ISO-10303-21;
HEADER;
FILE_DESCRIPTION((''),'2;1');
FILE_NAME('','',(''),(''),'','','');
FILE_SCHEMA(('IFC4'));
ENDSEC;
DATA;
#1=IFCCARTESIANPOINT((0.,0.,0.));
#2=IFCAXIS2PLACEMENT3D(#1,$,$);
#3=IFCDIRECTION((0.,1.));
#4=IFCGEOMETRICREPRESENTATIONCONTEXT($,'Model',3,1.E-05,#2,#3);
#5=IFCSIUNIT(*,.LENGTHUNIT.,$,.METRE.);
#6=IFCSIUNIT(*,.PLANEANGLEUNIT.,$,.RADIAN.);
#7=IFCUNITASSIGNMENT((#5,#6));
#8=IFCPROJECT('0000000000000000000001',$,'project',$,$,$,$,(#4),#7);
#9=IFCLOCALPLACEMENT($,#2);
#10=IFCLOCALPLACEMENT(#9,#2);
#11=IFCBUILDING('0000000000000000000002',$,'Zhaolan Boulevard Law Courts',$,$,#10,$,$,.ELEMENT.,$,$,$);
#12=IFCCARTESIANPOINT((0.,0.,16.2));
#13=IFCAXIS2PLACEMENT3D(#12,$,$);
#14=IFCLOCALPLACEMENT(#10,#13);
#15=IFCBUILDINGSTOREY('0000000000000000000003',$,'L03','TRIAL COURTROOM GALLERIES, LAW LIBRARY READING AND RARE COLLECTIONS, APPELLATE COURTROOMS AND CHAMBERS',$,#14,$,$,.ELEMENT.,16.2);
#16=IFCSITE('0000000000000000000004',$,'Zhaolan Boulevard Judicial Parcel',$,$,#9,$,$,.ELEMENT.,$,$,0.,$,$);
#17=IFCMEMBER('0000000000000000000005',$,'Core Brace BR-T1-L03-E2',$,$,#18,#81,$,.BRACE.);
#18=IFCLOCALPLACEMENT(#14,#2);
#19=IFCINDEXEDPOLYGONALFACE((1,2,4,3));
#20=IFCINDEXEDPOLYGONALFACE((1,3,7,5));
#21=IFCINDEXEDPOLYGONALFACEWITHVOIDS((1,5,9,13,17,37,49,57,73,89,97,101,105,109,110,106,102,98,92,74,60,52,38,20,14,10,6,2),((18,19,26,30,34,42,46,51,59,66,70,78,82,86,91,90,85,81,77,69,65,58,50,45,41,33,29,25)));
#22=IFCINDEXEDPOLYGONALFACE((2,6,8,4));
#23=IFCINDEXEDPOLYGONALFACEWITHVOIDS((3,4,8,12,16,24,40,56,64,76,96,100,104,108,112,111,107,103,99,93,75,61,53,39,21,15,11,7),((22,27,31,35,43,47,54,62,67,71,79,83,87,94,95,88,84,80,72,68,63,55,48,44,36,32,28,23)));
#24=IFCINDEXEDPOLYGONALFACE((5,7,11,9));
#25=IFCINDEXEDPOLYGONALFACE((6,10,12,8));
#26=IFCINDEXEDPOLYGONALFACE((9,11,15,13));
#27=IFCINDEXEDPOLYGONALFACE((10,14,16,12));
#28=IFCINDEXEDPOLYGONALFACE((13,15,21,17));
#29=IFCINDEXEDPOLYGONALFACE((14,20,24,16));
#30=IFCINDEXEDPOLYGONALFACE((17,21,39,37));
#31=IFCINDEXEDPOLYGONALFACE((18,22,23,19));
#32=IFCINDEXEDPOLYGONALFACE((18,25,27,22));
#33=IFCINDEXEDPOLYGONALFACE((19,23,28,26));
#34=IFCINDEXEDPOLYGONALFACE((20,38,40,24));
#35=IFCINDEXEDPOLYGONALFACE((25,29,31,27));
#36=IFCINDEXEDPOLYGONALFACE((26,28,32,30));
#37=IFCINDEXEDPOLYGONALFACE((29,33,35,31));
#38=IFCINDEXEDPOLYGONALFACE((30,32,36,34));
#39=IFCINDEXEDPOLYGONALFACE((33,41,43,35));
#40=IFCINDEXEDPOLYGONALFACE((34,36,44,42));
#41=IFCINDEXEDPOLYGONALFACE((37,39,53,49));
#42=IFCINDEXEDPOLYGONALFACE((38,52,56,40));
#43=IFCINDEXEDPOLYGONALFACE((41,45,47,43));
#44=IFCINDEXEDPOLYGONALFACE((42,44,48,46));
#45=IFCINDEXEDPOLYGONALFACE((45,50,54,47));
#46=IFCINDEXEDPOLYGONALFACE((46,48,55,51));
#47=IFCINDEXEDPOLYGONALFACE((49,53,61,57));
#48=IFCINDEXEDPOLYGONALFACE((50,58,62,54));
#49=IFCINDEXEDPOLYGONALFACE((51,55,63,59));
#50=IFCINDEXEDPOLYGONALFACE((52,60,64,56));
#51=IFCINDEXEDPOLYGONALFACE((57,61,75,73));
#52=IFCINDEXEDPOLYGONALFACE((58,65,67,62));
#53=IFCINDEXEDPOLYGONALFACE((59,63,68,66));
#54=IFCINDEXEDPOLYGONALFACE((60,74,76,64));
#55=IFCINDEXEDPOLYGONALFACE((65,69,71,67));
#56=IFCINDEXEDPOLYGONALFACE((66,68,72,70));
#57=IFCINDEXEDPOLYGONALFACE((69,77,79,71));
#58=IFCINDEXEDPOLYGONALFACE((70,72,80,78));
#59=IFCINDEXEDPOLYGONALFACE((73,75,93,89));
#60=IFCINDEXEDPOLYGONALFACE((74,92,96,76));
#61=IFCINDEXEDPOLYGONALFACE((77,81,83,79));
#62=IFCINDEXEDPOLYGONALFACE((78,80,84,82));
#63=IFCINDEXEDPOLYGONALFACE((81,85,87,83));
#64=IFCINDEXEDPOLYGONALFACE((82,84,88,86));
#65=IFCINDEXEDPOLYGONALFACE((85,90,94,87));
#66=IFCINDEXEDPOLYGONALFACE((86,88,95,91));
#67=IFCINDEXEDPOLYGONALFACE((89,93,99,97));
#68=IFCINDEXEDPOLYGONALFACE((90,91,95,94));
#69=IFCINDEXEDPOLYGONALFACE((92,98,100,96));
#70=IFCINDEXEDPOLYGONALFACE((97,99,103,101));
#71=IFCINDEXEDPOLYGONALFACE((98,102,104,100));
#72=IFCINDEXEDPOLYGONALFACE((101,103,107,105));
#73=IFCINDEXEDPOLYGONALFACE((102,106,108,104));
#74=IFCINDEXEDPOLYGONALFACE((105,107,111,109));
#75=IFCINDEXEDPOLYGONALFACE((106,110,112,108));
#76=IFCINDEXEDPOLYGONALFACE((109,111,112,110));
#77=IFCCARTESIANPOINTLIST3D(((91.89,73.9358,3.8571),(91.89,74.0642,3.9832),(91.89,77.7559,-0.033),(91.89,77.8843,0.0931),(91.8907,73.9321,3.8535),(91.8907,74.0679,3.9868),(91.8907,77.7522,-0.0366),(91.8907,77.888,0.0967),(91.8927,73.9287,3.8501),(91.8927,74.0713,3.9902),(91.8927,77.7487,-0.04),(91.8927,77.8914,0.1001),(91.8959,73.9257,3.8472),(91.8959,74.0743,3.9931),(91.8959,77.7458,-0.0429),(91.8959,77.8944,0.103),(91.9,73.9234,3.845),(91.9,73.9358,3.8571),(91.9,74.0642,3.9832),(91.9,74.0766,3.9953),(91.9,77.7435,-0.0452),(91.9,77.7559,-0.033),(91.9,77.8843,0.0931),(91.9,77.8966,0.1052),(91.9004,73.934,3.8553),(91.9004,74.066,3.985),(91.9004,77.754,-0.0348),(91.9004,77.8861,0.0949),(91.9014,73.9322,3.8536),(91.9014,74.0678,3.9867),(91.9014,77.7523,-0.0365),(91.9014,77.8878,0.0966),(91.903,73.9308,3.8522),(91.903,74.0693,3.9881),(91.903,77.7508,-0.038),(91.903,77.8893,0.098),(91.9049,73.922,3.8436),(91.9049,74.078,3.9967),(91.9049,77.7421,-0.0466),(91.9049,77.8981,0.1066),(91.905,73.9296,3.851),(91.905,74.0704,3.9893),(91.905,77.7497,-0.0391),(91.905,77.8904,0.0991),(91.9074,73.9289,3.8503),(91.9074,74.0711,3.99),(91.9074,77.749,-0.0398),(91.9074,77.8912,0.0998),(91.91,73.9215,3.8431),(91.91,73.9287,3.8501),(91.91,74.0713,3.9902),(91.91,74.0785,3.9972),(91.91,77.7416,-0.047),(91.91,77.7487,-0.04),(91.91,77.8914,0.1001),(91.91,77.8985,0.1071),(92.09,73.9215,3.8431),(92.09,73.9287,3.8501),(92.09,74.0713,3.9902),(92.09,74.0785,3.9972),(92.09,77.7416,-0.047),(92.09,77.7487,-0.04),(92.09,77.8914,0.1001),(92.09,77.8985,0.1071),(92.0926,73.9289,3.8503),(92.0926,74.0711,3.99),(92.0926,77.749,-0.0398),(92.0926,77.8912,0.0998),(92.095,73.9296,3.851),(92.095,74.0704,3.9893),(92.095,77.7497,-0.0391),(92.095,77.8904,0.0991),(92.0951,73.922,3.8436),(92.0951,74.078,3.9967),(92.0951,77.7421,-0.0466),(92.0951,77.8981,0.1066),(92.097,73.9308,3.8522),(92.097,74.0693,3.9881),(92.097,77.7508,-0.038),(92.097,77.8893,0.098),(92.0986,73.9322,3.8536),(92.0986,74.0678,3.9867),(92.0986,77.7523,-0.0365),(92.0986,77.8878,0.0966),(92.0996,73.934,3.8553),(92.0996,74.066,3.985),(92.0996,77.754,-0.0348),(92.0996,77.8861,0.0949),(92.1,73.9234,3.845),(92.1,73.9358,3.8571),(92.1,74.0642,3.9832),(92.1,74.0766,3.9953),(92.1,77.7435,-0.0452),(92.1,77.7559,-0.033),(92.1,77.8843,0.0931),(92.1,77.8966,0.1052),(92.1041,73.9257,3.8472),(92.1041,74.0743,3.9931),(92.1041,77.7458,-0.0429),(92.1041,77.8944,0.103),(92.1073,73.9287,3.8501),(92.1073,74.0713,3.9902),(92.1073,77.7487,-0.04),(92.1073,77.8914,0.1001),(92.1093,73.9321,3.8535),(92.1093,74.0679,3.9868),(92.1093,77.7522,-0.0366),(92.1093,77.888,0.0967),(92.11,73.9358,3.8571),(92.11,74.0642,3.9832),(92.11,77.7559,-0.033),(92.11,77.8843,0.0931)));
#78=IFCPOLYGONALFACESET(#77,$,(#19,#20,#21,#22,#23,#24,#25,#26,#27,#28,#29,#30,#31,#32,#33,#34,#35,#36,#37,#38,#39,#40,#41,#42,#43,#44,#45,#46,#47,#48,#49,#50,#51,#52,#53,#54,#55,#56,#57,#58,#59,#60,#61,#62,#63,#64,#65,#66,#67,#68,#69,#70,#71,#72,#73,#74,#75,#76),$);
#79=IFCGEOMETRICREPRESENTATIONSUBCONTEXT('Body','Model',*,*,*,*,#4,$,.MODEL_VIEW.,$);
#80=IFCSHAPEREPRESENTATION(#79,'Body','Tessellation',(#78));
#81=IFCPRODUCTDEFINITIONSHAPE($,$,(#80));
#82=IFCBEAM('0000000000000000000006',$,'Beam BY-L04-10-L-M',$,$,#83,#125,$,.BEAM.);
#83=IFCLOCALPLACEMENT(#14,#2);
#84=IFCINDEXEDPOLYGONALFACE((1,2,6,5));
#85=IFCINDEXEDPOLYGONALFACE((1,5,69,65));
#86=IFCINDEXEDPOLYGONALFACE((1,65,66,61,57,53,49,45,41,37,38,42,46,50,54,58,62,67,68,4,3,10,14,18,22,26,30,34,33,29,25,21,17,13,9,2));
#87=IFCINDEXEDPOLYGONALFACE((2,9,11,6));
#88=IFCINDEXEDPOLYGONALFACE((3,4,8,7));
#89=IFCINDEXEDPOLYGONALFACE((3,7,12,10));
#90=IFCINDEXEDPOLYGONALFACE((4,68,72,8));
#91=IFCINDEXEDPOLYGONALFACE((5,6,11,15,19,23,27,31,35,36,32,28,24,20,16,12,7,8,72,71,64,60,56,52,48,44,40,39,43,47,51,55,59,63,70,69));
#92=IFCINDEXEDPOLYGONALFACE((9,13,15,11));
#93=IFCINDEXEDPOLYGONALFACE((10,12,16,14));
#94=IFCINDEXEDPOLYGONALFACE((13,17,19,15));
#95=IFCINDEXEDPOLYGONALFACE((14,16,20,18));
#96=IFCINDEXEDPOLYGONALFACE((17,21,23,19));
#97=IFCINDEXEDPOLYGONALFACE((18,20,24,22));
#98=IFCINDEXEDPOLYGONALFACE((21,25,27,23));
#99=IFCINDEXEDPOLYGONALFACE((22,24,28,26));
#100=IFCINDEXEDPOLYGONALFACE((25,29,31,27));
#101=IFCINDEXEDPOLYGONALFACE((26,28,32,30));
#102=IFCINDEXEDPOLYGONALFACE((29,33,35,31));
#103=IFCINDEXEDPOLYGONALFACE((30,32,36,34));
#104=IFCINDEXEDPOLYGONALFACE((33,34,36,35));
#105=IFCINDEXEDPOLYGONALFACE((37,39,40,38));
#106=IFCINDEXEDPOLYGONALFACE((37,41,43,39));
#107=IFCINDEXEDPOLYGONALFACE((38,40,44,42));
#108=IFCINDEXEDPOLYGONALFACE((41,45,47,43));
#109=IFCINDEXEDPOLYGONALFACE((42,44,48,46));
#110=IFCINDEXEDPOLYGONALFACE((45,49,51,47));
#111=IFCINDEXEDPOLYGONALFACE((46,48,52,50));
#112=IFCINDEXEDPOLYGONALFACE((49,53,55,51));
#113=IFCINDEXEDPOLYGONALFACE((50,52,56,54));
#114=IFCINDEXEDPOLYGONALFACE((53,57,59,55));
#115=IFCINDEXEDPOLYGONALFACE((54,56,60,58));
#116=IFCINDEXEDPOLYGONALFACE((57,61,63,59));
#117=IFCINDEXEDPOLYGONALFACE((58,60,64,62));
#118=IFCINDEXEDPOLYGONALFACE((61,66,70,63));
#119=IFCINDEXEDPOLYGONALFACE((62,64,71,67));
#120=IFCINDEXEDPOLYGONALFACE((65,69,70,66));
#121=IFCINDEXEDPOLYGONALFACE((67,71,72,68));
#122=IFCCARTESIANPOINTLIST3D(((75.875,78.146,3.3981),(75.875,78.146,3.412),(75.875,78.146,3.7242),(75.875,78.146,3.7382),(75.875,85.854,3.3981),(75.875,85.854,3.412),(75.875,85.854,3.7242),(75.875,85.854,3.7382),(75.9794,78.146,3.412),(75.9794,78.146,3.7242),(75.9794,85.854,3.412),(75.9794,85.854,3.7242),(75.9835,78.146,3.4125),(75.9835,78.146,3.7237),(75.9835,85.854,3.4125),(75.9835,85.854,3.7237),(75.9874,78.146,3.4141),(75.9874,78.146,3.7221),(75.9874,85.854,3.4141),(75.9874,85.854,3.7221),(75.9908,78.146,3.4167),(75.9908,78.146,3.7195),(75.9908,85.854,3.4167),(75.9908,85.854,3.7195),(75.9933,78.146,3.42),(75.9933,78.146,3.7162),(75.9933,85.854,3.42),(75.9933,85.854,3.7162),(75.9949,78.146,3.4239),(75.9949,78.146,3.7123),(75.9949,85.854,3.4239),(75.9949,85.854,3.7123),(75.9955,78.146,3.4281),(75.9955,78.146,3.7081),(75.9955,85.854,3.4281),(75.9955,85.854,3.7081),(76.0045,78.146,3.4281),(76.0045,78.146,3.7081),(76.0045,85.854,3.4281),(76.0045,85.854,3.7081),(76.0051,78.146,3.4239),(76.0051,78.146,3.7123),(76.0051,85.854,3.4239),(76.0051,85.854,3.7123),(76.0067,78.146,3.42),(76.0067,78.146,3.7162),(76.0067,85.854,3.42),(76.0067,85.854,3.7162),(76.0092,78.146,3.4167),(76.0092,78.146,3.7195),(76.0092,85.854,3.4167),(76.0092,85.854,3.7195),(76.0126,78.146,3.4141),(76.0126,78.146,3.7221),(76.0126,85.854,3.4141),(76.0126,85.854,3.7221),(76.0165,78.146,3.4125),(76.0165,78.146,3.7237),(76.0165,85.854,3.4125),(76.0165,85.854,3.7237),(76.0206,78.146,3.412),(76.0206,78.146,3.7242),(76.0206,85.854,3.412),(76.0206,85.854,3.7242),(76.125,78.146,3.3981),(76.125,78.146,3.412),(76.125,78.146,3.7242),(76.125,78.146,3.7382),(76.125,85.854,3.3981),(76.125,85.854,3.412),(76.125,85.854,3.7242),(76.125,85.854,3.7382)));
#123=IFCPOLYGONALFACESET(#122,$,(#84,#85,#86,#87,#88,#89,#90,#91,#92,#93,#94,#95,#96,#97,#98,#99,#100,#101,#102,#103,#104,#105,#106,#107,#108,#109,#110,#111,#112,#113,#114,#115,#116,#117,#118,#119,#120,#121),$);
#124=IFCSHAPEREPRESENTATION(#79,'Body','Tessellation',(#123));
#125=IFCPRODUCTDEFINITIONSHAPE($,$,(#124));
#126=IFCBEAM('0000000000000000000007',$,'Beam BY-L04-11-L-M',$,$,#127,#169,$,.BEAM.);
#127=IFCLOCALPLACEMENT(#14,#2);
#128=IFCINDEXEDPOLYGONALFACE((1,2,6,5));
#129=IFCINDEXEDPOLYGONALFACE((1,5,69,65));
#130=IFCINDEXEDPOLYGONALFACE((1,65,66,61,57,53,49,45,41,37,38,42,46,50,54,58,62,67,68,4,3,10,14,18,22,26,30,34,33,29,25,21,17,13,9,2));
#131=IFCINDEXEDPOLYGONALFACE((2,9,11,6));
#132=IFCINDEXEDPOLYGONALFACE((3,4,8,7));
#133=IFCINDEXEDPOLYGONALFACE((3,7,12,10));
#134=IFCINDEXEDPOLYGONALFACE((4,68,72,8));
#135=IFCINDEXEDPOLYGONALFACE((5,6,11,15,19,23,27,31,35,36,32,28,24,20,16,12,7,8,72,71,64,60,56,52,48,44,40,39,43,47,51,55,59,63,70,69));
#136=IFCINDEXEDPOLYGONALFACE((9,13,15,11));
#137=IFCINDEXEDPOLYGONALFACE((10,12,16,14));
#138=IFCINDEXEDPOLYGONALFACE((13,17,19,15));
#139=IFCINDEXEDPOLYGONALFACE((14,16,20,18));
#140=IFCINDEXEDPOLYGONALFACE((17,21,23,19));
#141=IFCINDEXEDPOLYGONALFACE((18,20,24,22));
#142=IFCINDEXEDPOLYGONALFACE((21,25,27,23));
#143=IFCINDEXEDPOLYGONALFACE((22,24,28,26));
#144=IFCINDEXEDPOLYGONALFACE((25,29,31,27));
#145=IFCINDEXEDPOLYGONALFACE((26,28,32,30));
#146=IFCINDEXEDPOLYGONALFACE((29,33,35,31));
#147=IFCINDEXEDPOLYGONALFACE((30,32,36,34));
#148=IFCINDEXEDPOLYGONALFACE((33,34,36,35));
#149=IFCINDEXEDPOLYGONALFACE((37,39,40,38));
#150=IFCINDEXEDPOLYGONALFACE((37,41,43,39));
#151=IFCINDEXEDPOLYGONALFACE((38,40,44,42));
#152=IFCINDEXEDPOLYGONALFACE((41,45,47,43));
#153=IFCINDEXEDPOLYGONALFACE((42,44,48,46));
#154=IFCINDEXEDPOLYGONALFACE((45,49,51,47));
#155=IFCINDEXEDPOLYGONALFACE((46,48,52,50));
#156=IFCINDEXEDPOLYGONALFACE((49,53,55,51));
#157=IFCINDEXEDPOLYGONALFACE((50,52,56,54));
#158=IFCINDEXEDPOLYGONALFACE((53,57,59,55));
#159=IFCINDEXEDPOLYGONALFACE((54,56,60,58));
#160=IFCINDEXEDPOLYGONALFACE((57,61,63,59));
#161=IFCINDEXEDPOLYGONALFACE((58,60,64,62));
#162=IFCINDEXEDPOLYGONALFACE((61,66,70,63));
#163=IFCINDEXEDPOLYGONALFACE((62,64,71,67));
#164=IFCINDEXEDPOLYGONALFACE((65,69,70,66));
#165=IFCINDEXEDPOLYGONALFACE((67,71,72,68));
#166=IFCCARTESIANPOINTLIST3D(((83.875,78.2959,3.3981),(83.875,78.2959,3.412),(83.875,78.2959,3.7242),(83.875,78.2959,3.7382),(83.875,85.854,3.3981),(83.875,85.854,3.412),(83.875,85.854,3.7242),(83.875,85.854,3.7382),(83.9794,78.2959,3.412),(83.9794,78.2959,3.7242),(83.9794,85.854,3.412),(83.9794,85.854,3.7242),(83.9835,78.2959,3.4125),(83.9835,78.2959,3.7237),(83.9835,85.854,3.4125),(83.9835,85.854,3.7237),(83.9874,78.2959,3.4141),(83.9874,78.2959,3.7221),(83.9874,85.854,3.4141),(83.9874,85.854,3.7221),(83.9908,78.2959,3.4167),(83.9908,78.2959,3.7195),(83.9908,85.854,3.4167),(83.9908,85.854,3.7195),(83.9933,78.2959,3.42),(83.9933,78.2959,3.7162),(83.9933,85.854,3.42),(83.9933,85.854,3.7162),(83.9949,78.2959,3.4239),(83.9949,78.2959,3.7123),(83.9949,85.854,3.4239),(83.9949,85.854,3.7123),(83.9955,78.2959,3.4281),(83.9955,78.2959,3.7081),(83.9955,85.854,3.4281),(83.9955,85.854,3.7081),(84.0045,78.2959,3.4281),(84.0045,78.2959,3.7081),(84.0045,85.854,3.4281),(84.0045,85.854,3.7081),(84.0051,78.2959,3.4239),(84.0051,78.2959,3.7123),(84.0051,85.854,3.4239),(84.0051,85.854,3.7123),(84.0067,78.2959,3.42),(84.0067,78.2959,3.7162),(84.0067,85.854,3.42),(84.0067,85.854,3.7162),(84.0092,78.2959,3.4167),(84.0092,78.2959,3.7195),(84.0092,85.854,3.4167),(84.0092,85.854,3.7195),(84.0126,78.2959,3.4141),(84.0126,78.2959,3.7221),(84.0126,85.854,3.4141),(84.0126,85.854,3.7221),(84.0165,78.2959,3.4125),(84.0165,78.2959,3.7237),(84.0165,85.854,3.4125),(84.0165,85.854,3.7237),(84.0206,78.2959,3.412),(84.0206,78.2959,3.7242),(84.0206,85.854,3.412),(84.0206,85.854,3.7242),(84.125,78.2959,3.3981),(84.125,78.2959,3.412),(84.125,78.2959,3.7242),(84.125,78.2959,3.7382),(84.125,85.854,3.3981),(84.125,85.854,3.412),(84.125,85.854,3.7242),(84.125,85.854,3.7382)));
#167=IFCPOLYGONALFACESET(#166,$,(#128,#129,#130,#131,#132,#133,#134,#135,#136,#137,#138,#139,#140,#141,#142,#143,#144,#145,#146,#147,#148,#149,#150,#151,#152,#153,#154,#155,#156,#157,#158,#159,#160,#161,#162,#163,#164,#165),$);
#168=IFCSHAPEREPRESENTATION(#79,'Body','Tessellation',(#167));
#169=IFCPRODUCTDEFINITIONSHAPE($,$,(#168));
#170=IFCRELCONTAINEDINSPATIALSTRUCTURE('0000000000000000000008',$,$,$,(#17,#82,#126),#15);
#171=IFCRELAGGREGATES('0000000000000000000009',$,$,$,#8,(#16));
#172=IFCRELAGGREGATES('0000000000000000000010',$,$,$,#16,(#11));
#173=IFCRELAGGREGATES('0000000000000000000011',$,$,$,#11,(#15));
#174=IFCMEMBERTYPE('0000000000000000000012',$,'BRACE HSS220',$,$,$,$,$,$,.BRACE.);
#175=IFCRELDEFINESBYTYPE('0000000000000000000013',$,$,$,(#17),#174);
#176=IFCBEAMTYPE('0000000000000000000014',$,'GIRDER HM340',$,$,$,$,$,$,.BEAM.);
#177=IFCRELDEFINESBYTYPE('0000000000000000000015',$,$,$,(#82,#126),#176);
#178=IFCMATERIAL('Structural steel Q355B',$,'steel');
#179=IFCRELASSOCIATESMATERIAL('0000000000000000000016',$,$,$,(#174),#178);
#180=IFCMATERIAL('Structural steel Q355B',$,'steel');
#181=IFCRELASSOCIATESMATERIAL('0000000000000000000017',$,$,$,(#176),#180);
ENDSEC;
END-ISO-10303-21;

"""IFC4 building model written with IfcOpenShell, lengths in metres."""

from ifc_helpers import new_model, si_unit, direction, frame, origin, origin_2d, place, context, subcontext, project, spatial, hollow_rectangle, i_section, extrude, material, material_profile, profile_set, type_object, element, save


model = new_model("IFC4")

# Units and contexts
model_context = context("Model", 3, precision=1e-05, world=origin(), true_north=direction((0.0, 1.0)))
body_context = subcontext(model_context, "Body", "Model", "MODEL_VIEW")
ifc_project = project(units=[si_unit("LENGTHUNIT", "METRE"), si_unit("PLANEANGLEUNIT", "RADIAN")], contexts=[model_context])

# Site, building, storey
site_placement = place(None, origin())
site = spatial("IfcSite", under=ifc_project, at=site_placement, Name="Zhaolan Boulevard Judicial Parcel", CompositionType="ELEMENT", RefElevation=0.0)
building_placement = place(site_placement, origin())
building = spatial("IfcBuilding", under=site, at=building_placement, Name="Zhaolan Boulevard Law Courts", CompositionType="ELEMENT")
storey_placement = place(building_placement, frame((0.0, 0.0, 16.2)))
storey = spatial("IfcBuildingStorey", under=building, at=storey_placement, Name="L03", Description="TRIAL COURTROOM GALLERIES, LAW LIBRARY READING AND RARE COLLECTIONS, APPELLATE COURTROOMS AND CHAMBERS", CompositionType="ELEMENT", Elevation=16.2)

# Member
ifc_material_1 = material(Name="Structural steel Q355B", Category="steel")
ifc_material_profile_1 = material_profile(ifc_material_1, hollow_rectangle(XDim=0.22, YDim=0.22, WallThickness=0.01, InnerFilletRadius=0.01, OuterFilletRadius=0.02, at=origin_2d()), Name="HSS220x220x10")
ifc_profile_set_1 = profile_set([ifc_material_profile_1], Name="Structural steel Q355B")
member_type = type_object("IfcMemberType", Name="BRACE HSS220", PredefinedType="BRACE", material=ifc_profile_set_1)
member_placement = place(storey_placement, frame((92.0, 77.8201, 0.03), z_axis=(0.0, -0.700652, 0.713503), x_axis=(1.0, 0.0, 0.0)))
element("IfcMember", 1, at=member_placement, inside=storey, type_object=member_type, Name="Core Brace BR-T1-L03-E2", PredefinedType="BRACE", context=body_context, shape_type="SweptSolid", body=[
    extrude(hollow_rectangle(XDim=0.22, YDim=0.22, WallThickness=0.01, InnerFilletRadius=0.01, OuterFilletRadius=0.02, at=origin_2d()), origin(), (0.0, 0.0, 1.0), 5.4521),
])

# Beams
ifc_material_2 = material(Name="Structural steel Q355B", Category="steel")
ifc_material_profile_2 = material_profile(ifc_material_2, i_section(OverallWidth=0.25, OverallDepth=0.3401, WebThickness=0.009, FlangeThickness=0.0139, FilletRadius=0.0161, at=origin_2d()), Name="HM340x250")
ifc_profile_set_2 = profile_set([ifc_material_profile_2], Name="Structural steel Q355B")
beam_type_1 = type_object("IfcBeamType", Name="GIRDER HM340", PredefinedType="BEAM", material=ifc_profile_set_2)
beam_1_placement = place(storey_placement, frame((76.0, 78.146, 3.5681), z_axis=(0.0, 1.0, 0.0), x_axis=(-1.0, 0.0, 0.0)))
element("IfcBeam", 2, at=beam_1_placement, inside=storey, type_object=beam_type_1, Name="Beam BY-L04-10-L-M", PredefinedType="BEAM", context=body_context, shape_type="SweptSolid", body=[
    extrude(i_section(OverallWidth=0.25, OverallDepth=0.3401, WebThickness=0.009, FlangeThickness=0.0139, FilletRadius=0.0161, at=origin_2d()), origin(), (0.0, 0.0, 1.0), 7.708),
])
beam_2_placement = place(storey_placement, frame((84.0, 78.2959, 3.5681), z_axis=(0.0, 1.0, 0.0), x_axis=(-1.0, 0.0, 0.0)))
element("IfcBeam", 3, at=beam_2_placement, inside=storey, type_object=beam_type_1, Name="Beam BY-L04-11-L-M", PredefinedType="BEAM", context=body_context, shape_type="SweptSolid", body=[
    extrude(i_section(OverallWidth=0.25, OverallDepth=0.3401, WebThickness=0.009, FlangeThickness=0.0139, FilletRadius=0.0161, at=origin_2d()), origin(), (0.0, 0.0, 1.0), 7.5581),
])

save(model, "model.ifc")
